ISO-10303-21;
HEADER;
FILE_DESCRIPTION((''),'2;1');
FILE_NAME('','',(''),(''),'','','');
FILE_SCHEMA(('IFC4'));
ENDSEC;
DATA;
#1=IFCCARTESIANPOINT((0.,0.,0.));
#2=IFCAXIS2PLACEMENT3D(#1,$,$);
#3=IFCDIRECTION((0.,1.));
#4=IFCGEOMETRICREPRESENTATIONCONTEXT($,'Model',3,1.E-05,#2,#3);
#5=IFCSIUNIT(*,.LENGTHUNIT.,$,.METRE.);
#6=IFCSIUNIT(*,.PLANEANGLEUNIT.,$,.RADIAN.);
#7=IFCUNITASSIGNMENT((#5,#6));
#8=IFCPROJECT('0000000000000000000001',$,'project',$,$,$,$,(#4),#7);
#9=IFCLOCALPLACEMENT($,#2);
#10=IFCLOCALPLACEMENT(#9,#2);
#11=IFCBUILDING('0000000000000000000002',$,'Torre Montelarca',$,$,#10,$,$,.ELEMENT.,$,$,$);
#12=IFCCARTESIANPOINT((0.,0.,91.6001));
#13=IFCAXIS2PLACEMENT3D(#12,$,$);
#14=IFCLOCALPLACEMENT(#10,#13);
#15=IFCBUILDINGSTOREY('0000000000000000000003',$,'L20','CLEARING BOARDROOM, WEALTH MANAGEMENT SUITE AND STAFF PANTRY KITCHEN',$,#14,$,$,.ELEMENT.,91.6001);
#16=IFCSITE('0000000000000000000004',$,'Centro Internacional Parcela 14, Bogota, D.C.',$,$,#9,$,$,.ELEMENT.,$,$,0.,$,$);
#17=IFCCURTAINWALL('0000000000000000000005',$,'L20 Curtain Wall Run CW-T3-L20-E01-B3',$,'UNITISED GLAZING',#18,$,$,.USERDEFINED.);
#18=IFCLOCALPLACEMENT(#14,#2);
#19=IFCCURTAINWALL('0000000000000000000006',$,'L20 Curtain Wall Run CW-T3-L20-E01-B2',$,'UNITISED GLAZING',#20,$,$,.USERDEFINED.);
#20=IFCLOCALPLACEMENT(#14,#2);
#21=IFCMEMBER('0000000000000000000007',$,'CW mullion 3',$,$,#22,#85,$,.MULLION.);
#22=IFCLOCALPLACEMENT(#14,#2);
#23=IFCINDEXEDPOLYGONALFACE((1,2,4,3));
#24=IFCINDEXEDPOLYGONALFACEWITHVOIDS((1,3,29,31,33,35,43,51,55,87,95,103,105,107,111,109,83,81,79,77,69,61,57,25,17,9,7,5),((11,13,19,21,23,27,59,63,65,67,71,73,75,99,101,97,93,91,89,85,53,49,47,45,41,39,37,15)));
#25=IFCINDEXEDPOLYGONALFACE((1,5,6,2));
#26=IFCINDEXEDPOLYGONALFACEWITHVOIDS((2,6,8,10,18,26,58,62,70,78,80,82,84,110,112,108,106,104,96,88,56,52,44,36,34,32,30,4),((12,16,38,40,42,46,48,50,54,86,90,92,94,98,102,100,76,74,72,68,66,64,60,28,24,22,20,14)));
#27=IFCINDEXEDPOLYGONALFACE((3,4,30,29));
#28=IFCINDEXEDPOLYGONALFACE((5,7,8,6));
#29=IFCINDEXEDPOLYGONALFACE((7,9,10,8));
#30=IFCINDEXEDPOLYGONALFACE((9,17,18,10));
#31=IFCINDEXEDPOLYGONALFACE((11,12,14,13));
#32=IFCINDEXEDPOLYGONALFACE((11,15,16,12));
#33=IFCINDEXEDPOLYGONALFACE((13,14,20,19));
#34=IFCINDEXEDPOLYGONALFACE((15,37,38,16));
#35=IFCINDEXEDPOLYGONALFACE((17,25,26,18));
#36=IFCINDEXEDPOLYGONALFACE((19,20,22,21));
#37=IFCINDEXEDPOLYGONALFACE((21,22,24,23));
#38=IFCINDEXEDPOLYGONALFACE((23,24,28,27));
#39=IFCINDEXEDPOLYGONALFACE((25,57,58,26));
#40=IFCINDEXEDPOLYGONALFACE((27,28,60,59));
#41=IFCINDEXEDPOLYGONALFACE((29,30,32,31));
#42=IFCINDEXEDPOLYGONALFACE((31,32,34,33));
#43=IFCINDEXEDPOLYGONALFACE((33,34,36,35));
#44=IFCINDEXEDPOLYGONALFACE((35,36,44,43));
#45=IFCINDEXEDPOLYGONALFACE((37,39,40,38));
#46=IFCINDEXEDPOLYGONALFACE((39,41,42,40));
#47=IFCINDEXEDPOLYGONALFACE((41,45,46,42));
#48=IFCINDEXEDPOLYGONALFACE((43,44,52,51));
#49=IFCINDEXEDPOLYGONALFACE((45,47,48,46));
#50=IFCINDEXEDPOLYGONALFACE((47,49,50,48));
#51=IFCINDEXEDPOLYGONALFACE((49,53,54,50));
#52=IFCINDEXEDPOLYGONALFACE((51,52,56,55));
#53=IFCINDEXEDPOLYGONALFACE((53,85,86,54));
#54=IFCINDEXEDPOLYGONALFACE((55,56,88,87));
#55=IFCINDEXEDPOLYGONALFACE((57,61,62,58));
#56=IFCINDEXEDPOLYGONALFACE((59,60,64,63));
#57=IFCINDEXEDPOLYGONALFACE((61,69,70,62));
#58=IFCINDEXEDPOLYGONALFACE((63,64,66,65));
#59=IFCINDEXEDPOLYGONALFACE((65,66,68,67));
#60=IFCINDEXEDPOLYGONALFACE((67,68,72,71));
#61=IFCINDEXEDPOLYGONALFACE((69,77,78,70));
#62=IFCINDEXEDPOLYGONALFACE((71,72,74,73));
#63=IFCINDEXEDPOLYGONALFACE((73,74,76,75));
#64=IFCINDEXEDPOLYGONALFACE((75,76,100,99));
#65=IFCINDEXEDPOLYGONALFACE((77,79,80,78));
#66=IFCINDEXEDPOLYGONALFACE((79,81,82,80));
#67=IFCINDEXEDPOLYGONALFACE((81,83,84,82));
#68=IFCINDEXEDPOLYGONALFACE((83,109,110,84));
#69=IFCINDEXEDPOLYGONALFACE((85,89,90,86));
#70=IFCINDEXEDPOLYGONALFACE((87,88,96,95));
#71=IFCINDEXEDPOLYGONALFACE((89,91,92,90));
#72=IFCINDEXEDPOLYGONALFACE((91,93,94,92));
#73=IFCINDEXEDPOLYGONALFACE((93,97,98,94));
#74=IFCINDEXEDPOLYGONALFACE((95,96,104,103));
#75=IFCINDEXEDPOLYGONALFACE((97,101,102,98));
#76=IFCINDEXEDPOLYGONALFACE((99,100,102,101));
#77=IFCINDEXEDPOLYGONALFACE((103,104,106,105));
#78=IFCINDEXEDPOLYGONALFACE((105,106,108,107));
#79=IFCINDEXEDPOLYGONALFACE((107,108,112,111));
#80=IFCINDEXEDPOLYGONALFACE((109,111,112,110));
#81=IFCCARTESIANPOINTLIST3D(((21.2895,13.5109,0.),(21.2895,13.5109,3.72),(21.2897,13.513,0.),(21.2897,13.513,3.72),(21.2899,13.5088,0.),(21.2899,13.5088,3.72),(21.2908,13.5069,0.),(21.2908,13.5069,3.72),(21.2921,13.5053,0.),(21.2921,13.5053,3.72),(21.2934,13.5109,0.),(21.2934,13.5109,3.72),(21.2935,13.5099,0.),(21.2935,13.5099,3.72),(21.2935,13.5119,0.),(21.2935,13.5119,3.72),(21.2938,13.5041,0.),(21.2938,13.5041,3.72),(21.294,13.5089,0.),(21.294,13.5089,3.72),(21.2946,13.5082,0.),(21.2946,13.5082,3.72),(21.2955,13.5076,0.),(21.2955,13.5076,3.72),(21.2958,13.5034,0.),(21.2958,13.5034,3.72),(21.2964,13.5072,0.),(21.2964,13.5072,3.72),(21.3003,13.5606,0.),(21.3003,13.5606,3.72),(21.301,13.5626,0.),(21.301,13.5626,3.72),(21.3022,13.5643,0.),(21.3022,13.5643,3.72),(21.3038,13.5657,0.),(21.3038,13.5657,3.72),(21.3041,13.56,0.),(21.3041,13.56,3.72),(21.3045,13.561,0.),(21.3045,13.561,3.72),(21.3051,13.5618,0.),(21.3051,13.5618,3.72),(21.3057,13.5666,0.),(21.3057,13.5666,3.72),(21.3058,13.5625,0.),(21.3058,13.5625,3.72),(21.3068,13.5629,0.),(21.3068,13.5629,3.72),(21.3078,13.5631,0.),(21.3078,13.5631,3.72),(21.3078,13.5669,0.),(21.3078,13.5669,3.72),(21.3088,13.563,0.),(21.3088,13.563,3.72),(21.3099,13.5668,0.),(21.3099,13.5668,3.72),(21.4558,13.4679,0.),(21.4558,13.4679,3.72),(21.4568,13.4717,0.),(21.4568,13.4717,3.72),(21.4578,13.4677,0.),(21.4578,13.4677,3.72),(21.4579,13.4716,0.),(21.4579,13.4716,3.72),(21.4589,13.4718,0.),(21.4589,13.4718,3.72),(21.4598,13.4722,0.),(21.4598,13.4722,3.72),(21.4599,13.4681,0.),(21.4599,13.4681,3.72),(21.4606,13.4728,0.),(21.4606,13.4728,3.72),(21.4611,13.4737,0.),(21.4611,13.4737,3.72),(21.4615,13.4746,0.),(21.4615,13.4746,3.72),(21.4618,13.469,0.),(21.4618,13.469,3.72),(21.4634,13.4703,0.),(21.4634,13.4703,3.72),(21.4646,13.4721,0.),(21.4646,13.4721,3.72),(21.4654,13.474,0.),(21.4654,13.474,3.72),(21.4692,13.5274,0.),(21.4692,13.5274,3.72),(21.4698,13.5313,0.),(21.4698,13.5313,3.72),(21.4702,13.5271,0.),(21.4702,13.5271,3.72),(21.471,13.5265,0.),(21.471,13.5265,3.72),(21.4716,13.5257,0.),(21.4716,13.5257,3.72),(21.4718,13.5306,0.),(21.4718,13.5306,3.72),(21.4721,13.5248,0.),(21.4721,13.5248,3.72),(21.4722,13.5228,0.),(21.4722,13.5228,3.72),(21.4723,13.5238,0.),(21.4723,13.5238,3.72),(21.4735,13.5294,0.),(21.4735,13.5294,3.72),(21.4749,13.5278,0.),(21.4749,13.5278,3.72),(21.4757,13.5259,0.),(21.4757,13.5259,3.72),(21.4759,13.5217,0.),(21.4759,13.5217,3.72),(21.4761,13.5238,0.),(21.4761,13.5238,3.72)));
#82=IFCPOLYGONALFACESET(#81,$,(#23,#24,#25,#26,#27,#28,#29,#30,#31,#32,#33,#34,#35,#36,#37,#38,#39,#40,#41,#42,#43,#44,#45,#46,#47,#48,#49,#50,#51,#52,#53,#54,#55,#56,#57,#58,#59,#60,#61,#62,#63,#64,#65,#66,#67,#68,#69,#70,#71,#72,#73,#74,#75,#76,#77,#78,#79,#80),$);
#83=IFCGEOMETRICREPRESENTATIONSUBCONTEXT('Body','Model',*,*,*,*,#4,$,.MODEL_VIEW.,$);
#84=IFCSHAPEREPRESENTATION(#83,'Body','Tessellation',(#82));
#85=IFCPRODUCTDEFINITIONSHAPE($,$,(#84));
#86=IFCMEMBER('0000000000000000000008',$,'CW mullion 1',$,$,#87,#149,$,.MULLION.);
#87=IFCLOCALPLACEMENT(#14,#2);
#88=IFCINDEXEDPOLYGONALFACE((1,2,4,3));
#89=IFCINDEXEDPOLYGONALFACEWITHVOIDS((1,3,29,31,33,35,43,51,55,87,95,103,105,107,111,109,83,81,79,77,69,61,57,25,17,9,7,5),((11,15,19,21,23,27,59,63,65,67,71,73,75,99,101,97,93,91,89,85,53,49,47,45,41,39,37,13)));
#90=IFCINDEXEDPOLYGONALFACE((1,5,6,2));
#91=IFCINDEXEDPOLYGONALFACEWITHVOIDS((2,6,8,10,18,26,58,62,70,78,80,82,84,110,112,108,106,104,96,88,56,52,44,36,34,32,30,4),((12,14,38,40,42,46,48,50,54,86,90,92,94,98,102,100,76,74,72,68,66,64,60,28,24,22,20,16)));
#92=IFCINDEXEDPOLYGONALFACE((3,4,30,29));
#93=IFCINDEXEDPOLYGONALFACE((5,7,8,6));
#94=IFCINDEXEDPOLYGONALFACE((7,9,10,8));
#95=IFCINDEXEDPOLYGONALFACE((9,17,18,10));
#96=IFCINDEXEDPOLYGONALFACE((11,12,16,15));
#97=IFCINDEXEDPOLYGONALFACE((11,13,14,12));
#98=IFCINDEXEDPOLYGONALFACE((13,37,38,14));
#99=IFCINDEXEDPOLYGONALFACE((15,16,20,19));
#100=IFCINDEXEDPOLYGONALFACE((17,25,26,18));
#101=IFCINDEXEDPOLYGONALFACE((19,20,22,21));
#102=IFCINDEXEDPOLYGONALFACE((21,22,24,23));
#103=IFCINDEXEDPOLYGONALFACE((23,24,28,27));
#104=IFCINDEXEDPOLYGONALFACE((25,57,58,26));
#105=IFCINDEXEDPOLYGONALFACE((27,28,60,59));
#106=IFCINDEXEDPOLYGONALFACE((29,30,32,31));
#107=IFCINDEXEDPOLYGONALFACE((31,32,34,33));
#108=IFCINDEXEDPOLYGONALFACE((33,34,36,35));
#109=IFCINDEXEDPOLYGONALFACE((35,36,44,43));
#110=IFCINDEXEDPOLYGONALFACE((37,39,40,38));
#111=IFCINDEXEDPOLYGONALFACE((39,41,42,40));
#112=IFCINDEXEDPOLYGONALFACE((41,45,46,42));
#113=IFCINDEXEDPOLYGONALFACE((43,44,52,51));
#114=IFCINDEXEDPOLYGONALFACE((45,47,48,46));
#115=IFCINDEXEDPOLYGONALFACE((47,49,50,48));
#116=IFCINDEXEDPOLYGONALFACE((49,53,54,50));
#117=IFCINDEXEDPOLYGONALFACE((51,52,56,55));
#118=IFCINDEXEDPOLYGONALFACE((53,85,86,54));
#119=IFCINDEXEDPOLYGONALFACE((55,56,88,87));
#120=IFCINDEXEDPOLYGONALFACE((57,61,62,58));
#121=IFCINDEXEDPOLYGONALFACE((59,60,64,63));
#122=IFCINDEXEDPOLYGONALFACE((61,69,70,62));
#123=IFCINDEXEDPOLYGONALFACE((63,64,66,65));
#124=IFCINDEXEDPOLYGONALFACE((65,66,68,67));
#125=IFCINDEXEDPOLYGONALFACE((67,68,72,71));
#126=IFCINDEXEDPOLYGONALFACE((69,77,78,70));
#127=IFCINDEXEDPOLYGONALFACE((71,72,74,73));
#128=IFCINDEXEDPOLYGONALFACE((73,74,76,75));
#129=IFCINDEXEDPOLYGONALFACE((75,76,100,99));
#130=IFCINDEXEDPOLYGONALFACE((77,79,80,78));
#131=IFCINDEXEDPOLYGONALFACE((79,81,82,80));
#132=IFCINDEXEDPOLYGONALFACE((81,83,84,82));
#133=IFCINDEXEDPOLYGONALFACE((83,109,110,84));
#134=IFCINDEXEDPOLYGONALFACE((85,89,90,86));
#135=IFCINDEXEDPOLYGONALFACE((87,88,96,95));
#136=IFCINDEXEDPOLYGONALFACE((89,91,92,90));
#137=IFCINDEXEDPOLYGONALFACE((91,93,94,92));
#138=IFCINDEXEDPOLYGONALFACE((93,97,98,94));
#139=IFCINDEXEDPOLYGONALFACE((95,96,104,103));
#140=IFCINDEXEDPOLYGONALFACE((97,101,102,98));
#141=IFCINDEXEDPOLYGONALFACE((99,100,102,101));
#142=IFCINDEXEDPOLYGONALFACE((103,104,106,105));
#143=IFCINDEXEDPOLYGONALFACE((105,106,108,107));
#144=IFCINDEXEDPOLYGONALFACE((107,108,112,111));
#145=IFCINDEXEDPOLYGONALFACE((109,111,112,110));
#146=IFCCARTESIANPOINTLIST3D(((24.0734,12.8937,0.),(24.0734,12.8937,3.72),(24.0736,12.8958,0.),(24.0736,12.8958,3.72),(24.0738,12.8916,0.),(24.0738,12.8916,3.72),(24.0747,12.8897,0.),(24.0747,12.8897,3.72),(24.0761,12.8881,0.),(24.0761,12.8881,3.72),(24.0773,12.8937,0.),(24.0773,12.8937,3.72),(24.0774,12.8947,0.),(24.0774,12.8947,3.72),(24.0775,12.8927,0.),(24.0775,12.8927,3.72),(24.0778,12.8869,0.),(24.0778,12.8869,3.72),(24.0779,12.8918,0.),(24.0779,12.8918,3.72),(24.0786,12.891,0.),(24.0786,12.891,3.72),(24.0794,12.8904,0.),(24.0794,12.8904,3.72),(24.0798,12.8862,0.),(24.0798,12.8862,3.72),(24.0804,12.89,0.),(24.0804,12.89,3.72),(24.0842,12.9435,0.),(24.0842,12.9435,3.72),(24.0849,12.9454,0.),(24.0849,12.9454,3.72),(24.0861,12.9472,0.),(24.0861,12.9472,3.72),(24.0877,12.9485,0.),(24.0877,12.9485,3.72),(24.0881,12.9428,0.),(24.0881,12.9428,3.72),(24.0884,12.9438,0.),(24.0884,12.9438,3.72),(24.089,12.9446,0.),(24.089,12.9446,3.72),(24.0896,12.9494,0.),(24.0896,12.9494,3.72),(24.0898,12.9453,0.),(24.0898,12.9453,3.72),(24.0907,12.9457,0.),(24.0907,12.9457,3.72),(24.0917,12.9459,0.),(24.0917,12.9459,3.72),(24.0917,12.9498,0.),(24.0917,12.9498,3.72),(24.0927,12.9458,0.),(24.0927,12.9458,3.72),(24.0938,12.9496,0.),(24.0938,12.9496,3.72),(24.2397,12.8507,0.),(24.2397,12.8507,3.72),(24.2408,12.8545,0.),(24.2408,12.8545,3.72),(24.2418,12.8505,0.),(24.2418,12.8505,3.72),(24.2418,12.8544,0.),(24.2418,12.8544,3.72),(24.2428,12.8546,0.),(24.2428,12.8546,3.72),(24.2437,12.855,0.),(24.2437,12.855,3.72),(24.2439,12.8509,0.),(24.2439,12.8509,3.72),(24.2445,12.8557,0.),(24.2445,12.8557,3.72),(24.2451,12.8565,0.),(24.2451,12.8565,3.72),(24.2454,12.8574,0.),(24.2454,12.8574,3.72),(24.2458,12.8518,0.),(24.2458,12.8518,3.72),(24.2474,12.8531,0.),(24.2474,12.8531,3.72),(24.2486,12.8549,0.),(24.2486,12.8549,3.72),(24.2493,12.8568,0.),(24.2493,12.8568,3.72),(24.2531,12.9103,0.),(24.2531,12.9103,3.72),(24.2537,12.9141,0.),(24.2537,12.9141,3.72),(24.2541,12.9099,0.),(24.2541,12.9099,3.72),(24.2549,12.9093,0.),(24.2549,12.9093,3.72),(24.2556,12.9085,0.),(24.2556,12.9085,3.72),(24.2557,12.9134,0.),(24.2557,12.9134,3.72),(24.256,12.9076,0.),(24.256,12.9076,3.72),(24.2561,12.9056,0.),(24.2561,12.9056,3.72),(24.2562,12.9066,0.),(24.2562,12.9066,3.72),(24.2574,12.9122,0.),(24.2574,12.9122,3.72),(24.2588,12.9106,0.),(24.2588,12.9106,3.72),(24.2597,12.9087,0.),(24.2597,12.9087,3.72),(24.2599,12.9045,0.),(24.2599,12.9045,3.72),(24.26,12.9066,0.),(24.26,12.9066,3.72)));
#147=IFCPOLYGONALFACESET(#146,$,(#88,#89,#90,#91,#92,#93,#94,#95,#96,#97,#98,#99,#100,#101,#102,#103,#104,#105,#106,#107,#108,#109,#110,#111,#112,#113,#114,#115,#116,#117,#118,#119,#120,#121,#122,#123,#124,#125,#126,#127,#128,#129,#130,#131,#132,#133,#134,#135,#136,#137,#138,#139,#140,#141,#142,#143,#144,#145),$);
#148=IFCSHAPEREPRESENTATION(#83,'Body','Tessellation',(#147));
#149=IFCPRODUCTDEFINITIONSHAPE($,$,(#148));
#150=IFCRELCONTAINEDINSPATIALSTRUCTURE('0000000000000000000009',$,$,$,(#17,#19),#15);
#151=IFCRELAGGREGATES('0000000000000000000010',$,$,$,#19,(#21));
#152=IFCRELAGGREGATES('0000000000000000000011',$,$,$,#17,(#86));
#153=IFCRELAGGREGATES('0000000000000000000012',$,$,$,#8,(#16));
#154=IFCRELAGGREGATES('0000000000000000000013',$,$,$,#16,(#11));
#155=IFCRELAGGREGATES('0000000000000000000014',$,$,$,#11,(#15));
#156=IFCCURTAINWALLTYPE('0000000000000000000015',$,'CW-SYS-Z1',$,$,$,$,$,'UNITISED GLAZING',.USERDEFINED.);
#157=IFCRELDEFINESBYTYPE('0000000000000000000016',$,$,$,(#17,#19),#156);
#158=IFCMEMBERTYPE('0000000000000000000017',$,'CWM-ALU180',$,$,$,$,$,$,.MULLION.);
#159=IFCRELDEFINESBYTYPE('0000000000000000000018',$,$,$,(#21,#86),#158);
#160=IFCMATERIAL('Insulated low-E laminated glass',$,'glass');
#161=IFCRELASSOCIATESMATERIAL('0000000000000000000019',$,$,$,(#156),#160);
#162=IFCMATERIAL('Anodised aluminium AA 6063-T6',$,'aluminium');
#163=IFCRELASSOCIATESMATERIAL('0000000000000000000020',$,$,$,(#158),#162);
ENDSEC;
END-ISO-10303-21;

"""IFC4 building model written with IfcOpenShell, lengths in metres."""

from ifc_helpers import new_model, si_unit, direction, frame, origin, origin_2d, place, context, subcontext, project, spatial, hollow_rectangle, extrude, source, transform, mapped, material, material_profile, profile_set, type_object, element, aggregate, save


model = new_model("IFC4")

# Units and contexts
model_context = context("Model", 3, precision=1e-05, world=origin(), true_north=direction((0.0, 1.0)))
body_context = subcontext(model_context, "Body", "Model", "MODEL_VIEW")
ifc_project = project(units=[si_unit("LENGTHUNIT", "METRE"), si_unit("PLANEANGLEUNIT", "RADIAN")], contexts=[model_context])

# Site, building, storey
site_placement = place(None, origin())
site = spatial("IfcSite", under=ifc_project, at=site_placement, Name="Centro Internacional Parcela 14, Bogota, D.C.", CompositionType="ELEMENT", RefElevation=0.0)
building_placement = place(site_placement, origin())
building = spatial("IfcBuilding", under=site, at=building_placement, Name="Torre Montelarca", CompositionType="ELEMENT")
storey_placement = place(building_placement, frame((0.0, 0.0, 91.6001)))
storey = spatial("IfcBuildingStorey", under=building, at=storey_placement, Name="L20", Description="CLEARING BOARDROOM, WEALTH MANAGEMENT SUITE AND STAFF PANTRY KITCHEN", CompositionType="ELEMENT", Elevation=91.6001)

# Curtain wall
ifc_material_1 = material(Name="Insulated low-E laminated glass", Category="glass")
curtain_wall_type = type_object("IfcCurtainWallType", Name="CW-SYS-Z1", ElementType="UNITISED GLAZING", PredefinedType="USERDEFINED", material=ifc_material_1)
curtain_wall_1_placement = place(storey_placement, origin())
curtain_wall_1 = element("IfcCurtainWall", 1, at=curtain_wall_1_placement, inside=storey, type_object=curtain_wall_type, Name="L20 Curtain Wall Run CW-T3-L20-E01-B3", ObjectType="UNITISED GLAZING", PredefinedType="USERDEFINED")
ifc_material_2 = material(Name="Anodised aluminium AA 6063-T6", Category="aluminium")

# Curtain wall, member
curtain_wall_2_placement = place(storey_placement, origin())
curtain_wall_2 = element("IfcCurtainWall", 2, at=curtain_wall_2_placement, inside=storey, type_object=curtain_wall_type, Name="L20 Curtain Wall Run CW-T3-L20-E01-B2", ObjectType="UNITISED GLAZING", PredefinedType="USERDEFINED")
ifc_material_profile_1 = material_profile(ifc_material_2, hollow_rectangle(XDim=0.0649, YDim=0.1799, WallThickness=0.0039, InnerFilletRadius=0.0039, OuterFilletRadius=0.0081, at=origin_2d()), Name="ALU65X180X4", Category="aluminium")
ifc_profile_set_1 = profile_set([ifc_material_profile_1], Name="Anodised aluminium AA 6063-T6")
member_type_1 = type_object("IfcMemberType", Name="CWM-ALU180", PredefinedType="MULLION", material=ifc_profile_set_1)
shared_shape_1 = source(origin(), body_context, "Body", "SweptSolid", [
    extrude(hollow_rectangle(XDim=0.0649, YDim=0.1799, WallThickness=0.0039, InnerFilletRadius=0.0039, OuterFilletRadius=0.0081, at=origin_2d()), origin(), (0.0, 0.0, 1.0), 3.72),
])
member_1_placement = place(storey_placement, frame((21.3828, 13.5173, 0.0), z_axis=(0.0, 0.0, 1.0), x_axis=(0.21644, 0.976296, 0.0)))
member_1 = element("IfcMember", 3, at=member_1_placement, type_object=member_type_1, Name="CW mullion 3", PredefinedType="MULLION", context=body_context, shape_type="MappedRepresentation", body=[
    mapped(shared_shape_1, transform((0.0, 0.0, 0.0), scale=1.0)),
])
aggregate(curtain_wall_2, [member_1])

# Member
member_2_placement = place(storey_placement, frame((24.1667, 12.9001, 0.0), z_axis=(0.0, 0.0, 1.0), x_axis=(0.216444, 0.976295, 0.0)))
member_2 = element("IfcMember", 4, at=member_2_placement, type_object=member_type_1, Name="CW mullion 1", PredefinedType="MULLION", context=body_context, shape_type="MappedRepresentation", body=[
    mapped(shared_shape_1, transform((0.0, 0.0, 0.0), scale=1.0)),
])

aggregate(curtain_wall_1, [member_2])

save(model, "model.ifc")
